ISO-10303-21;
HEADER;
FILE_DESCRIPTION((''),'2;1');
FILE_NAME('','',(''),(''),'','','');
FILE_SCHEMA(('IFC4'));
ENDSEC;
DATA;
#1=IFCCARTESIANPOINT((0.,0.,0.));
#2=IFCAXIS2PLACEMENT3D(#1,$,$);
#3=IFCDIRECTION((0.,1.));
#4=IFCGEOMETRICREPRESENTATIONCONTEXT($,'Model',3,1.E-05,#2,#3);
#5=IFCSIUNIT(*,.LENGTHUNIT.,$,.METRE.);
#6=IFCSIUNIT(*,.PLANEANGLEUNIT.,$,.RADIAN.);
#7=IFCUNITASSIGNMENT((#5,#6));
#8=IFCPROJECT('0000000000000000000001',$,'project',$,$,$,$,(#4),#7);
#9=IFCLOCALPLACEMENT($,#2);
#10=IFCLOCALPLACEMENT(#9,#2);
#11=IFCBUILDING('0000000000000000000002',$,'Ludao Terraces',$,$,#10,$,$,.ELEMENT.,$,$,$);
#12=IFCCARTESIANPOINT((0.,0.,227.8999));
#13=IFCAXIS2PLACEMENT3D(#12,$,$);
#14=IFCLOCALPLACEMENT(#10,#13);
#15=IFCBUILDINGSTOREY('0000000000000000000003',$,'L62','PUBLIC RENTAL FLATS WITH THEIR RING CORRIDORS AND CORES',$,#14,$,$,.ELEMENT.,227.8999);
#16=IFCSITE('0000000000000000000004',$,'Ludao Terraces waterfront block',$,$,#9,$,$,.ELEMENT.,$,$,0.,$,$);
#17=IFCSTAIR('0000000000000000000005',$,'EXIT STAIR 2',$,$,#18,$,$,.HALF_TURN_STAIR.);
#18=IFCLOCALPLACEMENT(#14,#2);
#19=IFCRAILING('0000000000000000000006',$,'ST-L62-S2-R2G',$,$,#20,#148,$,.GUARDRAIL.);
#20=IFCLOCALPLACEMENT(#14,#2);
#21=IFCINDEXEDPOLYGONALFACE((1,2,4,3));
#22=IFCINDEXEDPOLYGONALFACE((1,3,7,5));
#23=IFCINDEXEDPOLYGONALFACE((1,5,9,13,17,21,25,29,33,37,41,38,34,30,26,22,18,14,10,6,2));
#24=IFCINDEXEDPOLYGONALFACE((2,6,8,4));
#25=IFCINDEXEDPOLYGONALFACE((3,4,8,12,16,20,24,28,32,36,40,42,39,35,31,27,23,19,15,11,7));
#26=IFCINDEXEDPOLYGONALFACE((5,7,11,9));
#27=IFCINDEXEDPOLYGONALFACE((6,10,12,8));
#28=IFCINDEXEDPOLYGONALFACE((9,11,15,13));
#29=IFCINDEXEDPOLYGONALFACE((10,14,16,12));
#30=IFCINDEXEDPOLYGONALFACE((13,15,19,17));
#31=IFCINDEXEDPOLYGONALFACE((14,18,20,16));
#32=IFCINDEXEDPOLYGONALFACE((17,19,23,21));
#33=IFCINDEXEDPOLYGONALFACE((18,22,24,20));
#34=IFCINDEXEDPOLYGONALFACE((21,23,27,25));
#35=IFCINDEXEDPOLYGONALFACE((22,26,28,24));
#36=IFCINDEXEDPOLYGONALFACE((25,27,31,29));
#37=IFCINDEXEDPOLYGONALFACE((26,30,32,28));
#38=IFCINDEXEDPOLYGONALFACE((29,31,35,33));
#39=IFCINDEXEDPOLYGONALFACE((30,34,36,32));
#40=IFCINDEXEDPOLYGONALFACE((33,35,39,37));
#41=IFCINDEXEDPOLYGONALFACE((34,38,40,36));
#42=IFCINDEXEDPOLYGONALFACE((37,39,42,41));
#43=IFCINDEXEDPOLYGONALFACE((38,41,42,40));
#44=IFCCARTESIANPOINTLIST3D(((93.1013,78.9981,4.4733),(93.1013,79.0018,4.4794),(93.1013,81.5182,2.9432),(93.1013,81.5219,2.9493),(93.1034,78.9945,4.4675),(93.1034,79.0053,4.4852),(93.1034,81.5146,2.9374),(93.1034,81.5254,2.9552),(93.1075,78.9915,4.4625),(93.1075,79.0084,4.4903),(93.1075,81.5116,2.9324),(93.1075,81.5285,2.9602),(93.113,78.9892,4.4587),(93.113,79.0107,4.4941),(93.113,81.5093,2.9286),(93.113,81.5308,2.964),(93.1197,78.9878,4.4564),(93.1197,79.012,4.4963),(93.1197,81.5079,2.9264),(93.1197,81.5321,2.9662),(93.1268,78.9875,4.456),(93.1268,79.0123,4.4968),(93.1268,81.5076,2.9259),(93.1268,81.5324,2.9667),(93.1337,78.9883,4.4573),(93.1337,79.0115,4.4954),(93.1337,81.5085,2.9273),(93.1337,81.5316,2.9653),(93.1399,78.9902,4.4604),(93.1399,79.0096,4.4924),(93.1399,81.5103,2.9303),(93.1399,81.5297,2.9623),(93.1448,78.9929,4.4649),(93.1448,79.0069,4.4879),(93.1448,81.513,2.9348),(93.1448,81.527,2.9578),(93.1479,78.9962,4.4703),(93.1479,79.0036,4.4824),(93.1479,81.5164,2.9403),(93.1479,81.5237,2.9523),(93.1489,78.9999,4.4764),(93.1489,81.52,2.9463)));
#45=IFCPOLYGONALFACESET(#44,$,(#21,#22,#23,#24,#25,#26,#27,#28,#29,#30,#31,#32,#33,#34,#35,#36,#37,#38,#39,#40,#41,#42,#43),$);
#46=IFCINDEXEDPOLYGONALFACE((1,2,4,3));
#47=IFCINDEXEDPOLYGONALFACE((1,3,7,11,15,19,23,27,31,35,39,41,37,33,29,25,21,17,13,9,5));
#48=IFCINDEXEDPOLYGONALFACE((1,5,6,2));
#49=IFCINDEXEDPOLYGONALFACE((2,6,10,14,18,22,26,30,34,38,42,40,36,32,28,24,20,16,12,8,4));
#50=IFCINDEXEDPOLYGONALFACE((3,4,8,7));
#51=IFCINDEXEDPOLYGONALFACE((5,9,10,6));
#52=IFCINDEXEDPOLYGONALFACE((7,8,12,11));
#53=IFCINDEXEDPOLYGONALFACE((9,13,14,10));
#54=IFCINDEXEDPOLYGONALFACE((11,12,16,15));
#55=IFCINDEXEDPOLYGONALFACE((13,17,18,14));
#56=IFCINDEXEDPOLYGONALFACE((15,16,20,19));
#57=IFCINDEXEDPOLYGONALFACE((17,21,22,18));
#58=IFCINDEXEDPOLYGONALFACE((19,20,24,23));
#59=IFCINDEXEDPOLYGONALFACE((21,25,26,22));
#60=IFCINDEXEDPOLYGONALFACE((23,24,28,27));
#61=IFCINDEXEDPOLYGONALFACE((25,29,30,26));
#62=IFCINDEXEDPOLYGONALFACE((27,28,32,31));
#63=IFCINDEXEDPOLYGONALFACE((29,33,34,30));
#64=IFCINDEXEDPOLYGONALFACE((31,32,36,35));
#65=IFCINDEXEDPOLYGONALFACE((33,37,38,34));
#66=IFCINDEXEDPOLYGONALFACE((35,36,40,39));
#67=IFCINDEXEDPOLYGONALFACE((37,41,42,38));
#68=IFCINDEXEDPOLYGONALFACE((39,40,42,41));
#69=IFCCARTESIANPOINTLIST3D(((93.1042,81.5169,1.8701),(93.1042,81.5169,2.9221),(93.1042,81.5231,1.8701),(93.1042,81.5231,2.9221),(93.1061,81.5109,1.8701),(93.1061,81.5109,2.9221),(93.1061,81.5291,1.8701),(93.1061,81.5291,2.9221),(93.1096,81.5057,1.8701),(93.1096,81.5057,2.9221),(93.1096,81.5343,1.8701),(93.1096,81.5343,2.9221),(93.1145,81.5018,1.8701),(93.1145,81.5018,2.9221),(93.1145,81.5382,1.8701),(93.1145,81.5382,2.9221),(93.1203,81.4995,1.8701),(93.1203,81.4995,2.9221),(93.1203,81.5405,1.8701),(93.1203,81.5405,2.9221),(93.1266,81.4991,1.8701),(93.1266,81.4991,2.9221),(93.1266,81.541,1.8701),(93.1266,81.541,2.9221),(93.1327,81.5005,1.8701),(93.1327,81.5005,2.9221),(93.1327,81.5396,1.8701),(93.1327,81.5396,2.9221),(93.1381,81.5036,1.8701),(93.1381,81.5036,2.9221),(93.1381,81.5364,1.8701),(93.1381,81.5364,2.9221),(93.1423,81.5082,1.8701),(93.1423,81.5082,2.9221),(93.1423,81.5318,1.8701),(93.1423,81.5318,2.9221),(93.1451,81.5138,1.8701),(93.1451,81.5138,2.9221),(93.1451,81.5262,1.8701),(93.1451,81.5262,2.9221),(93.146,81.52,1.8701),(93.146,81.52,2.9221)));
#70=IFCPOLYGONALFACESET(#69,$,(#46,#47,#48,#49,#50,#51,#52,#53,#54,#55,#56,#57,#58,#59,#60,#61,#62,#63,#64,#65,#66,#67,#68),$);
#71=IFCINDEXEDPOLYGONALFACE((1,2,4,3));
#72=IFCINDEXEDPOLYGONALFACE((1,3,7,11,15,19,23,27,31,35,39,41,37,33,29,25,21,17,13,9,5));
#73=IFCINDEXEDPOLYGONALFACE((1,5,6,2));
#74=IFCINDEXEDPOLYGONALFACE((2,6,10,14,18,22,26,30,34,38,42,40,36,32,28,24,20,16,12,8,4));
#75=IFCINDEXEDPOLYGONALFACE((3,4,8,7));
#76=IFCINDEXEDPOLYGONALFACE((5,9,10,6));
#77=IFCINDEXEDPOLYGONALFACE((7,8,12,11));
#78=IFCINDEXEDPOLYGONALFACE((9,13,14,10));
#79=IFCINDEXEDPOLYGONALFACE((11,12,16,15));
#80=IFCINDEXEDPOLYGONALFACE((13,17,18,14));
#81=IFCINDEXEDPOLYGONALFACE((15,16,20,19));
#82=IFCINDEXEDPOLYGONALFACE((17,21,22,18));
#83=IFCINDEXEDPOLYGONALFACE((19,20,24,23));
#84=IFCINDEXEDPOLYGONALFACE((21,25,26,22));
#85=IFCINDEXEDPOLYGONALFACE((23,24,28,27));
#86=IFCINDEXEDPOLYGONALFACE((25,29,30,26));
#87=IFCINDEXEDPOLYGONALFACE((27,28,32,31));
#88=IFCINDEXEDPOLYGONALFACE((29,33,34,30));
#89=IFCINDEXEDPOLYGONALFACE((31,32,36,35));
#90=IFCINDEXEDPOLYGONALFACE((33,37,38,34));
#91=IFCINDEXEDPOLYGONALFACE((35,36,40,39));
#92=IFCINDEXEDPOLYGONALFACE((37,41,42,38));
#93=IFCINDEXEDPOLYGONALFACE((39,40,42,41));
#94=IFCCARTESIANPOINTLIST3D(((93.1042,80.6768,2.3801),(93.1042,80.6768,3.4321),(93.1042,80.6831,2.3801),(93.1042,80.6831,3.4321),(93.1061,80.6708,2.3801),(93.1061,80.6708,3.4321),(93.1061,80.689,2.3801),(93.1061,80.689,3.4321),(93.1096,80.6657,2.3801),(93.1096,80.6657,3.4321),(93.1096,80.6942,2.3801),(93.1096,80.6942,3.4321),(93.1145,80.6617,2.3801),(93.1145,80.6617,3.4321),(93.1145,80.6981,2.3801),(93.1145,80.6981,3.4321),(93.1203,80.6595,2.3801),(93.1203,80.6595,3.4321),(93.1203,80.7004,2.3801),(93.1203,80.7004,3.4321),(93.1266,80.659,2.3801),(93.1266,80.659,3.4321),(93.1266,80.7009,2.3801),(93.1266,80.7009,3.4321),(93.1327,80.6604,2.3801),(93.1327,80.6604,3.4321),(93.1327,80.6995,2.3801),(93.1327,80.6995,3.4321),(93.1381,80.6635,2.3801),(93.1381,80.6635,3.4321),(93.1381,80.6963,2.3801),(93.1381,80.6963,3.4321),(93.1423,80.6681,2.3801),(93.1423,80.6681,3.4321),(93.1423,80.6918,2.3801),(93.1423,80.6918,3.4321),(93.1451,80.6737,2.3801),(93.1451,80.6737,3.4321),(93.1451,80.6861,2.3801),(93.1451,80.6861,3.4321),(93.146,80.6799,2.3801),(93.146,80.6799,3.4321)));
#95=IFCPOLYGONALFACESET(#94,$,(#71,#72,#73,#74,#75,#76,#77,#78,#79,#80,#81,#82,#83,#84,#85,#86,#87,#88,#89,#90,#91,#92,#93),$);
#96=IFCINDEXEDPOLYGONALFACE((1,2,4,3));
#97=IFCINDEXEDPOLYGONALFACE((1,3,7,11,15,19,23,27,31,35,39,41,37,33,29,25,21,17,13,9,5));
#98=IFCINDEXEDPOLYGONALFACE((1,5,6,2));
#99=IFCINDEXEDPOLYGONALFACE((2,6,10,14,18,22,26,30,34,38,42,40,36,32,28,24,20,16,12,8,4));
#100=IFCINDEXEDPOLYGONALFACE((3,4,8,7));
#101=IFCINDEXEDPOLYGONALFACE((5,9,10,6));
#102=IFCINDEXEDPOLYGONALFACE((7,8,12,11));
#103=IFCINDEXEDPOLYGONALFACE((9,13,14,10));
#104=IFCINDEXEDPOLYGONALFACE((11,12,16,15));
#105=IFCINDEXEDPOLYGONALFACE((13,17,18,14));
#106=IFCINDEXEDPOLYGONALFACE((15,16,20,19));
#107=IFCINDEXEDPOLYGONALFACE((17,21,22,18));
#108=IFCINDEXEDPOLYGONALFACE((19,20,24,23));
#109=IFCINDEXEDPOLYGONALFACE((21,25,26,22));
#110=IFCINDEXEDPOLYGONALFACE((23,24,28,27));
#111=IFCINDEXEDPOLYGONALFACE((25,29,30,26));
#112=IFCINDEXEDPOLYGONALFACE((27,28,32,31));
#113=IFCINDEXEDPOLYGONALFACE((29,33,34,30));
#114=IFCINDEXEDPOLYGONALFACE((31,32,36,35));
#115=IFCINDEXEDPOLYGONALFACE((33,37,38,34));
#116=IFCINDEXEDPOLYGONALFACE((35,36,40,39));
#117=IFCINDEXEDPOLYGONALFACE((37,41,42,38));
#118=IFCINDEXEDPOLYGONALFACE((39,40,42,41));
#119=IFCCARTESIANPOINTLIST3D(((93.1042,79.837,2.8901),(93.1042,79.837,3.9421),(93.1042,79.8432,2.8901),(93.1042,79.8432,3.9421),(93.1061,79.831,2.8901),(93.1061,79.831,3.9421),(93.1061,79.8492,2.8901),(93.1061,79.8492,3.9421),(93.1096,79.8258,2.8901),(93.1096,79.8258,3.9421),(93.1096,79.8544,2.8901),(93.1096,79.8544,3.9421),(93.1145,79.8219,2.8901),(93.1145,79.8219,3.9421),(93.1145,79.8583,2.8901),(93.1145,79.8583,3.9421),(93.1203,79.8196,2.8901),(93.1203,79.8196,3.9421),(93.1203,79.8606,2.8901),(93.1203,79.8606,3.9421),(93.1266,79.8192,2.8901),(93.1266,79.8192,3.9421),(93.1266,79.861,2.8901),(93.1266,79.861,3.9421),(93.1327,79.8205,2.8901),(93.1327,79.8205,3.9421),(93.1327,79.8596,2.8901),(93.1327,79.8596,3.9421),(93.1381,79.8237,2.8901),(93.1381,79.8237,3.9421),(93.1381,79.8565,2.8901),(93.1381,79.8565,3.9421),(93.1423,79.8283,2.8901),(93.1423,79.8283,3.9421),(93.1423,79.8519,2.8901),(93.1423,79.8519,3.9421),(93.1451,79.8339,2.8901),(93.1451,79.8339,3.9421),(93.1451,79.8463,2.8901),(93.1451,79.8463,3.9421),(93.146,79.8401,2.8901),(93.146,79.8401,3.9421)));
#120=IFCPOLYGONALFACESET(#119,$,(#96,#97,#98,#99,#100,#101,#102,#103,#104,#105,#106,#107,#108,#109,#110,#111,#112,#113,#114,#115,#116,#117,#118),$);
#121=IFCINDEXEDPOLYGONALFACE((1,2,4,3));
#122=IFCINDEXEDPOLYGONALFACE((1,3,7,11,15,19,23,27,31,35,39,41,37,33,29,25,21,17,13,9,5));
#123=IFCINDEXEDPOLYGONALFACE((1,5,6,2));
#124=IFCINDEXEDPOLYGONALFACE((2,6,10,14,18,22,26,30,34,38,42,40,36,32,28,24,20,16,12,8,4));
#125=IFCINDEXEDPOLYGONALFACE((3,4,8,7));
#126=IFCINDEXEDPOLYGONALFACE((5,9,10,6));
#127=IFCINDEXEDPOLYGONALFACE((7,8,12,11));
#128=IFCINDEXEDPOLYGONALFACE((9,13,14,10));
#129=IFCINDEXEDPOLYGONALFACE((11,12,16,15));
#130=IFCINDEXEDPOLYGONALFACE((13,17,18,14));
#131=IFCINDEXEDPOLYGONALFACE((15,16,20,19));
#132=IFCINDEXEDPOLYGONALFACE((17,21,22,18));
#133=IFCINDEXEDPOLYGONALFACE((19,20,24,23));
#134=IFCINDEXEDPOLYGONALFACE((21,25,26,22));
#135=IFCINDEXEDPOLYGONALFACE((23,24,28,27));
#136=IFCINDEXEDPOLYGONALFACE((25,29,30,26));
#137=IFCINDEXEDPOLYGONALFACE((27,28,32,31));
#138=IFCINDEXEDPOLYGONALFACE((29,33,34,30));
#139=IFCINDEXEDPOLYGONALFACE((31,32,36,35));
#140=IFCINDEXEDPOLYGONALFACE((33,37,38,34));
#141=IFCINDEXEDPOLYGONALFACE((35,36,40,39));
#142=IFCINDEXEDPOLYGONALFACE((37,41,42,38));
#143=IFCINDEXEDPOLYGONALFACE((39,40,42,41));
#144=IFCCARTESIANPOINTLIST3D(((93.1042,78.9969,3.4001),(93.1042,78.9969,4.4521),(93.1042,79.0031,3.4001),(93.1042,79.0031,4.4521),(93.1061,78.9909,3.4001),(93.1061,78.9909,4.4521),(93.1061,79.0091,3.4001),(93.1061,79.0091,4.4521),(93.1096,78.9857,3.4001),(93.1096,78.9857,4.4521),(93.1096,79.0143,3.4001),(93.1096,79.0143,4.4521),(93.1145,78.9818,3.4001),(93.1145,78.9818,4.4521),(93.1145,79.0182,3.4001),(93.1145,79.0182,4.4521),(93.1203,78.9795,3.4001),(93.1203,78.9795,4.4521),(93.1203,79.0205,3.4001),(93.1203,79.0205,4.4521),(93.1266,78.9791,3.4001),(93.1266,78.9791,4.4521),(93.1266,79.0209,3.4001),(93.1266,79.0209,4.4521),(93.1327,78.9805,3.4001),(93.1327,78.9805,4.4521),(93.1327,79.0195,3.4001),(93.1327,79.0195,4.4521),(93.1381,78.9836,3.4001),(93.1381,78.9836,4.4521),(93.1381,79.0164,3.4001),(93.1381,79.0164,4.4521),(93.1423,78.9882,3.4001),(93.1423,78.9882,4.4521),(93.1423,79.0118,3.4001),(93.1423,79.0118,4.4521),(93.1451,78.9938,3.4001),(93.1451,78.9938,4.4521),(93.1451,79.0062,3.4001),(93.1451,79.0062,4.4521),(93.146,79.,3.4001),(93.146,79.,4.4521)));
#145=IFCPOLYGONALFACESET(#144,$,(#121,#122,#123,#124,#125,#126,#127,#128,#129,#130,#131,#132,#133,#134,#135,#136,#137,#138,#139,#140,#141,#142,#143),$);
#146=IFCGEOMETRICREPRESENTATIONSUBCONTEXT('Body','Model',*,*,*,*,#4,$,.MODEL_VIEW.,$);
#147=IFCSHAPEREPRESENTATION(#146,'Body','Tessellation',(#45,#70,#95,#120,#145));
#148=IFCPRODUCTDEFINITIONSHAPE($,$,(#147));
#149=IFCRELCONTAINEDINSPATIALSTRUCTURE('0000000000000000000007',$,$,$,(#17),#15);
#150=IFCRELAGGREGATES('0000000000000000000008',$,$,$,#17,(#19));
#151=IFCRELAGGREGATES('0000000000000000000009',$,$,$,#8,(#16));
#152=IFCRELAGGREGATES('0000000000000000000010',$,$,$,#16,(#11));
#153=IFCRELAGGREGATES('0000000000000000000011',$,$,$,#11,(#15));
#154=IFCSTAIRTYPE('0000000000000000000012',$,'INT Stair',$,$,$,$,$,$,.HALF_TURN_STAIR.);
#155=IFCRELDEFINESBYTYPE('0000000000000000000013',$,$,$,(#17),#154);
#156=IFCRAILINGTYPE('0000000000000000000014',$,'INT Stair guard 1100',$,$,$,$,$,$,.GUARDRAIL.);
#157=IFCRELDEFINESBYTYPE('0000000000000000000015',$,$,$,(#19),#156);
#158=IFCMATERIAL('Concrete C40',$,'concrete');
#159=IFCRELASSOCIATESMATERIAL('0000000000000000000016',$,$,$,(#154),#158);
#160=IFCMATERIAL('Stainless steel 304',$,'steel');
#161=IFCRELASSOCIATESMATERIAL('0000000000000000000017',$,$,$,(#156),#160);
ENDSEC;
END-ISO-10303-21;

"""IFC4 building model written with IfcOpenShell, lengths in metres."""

from ifc_helpers import new_model, si_unit, direction, frame, origin, origin_2d, place, context, subcontext, project, spatial, circle, extrude, material, type_object, element, aggregate, save


model = new_model("IFC4")

# Units and contexts
model_context = context("Model", 3, precision=1e-05, world=origin(), true_north=direction((0.0, 1.0)))
body_context = subcontext(model_context, "Body", "Model", "MODEL_VIEW")
ifc_project = project(units=[si_unit("LENGTHUNIT", "METRE"), si_unit("PLANEANGLEUNIT", "RADIAN")], contexts=[model_context])

# Site, building, storey
site_placement = place(None, origin())
site = spatial("IfcSite", under=ifc_project, at=site_placement, Name="Ludao Terraces waterfront block", CompositionType="ELEMENT", RefElevation=0.0)
building_placement = place(site_placement, origin())
building = spatial("IfcBuilding", under=site, at=building_placement, Name="Ludao Terraces", CompositionType="ELEMENT")
storey_placement = place(building_placement, frame((0.0, 0.0, 227.8999)))
storey = spatial("IfcBuildingStorey", under=building, at=storey_placement, Name="L62", Description="PUBLIC RENTAL FLATS WITH THEIR RING CORRIDORS AND CORES", CompositionType="ELEMENT", Elevation=227.8999)

# Shared definitions
ifc_material_1 = material(Name="Stainless steel 304", Category="steel")

# Stair, railing
ifc_material_2 = material(Name="Concrete C40", Category="concrete")
stair_type = type_object("IfcStairType", Name="INT Stair", PredefinedType="HALF_TURN_STAIR", material=ifc_material_2)
stair_placement = place(storey_placement, origin())
stair = element("IfcStair", 1, at=stair_placement, inside=storey, type_object=stair_type, Name="EXIT STAIR 2", PredefinedType="HALF_TURN_STAIR")
railing_type_1 = type_object("IfcRailingType", Name="INT Stair guard 1100", PredefinedType="GUARDRAIL", material=ifc_material_1)
railing_1_placement = place(storey_placement, frame((93.125, 81.52, 1.8701)))
railing_1 = element("IfcRailing", 2, at=railing_1_placement, type_object=railing_type_1, Name="ST-L62-S2-R2G", PredefinedType="GUARDRAIL", context=body_context, shape_type="SweptSolid", body=[
    extrude(circle(Radius=0.0239, at=origin_2d()), frame((0.0, 0.0, 1.0762), z_axis=(0.0, -0.854785, 0.518982), x_axis=(1.0, 0.0, 0.0)), (0.0, 0.0, 1.0), 2.9482),
    extrude(circle(Radius=0.021, at=origin_2d()), origin(), (0.0, 0.0, 1.0), 1.052),
    extrude(circle(Radius=0.021, at=origin_2d()), frame((0.0, -0.8401, 0.51)), (0.0, 0.0, 1.0), 1.052),
    extrude(circle(Radius=0.021, at=origin_2d()), frame((0.0, -1.6799, 1.02)), (0.0, 0.0, 1.0), 1.052),
    extrude(circle(Radius=0.021, at=origin_2d()), frame((0.0, -2.52, 1.53)), (0.0, 0.0, 1.0), 1.052),
])
aggregate(stair, [railing_1])

save(model, "model.ifc")
